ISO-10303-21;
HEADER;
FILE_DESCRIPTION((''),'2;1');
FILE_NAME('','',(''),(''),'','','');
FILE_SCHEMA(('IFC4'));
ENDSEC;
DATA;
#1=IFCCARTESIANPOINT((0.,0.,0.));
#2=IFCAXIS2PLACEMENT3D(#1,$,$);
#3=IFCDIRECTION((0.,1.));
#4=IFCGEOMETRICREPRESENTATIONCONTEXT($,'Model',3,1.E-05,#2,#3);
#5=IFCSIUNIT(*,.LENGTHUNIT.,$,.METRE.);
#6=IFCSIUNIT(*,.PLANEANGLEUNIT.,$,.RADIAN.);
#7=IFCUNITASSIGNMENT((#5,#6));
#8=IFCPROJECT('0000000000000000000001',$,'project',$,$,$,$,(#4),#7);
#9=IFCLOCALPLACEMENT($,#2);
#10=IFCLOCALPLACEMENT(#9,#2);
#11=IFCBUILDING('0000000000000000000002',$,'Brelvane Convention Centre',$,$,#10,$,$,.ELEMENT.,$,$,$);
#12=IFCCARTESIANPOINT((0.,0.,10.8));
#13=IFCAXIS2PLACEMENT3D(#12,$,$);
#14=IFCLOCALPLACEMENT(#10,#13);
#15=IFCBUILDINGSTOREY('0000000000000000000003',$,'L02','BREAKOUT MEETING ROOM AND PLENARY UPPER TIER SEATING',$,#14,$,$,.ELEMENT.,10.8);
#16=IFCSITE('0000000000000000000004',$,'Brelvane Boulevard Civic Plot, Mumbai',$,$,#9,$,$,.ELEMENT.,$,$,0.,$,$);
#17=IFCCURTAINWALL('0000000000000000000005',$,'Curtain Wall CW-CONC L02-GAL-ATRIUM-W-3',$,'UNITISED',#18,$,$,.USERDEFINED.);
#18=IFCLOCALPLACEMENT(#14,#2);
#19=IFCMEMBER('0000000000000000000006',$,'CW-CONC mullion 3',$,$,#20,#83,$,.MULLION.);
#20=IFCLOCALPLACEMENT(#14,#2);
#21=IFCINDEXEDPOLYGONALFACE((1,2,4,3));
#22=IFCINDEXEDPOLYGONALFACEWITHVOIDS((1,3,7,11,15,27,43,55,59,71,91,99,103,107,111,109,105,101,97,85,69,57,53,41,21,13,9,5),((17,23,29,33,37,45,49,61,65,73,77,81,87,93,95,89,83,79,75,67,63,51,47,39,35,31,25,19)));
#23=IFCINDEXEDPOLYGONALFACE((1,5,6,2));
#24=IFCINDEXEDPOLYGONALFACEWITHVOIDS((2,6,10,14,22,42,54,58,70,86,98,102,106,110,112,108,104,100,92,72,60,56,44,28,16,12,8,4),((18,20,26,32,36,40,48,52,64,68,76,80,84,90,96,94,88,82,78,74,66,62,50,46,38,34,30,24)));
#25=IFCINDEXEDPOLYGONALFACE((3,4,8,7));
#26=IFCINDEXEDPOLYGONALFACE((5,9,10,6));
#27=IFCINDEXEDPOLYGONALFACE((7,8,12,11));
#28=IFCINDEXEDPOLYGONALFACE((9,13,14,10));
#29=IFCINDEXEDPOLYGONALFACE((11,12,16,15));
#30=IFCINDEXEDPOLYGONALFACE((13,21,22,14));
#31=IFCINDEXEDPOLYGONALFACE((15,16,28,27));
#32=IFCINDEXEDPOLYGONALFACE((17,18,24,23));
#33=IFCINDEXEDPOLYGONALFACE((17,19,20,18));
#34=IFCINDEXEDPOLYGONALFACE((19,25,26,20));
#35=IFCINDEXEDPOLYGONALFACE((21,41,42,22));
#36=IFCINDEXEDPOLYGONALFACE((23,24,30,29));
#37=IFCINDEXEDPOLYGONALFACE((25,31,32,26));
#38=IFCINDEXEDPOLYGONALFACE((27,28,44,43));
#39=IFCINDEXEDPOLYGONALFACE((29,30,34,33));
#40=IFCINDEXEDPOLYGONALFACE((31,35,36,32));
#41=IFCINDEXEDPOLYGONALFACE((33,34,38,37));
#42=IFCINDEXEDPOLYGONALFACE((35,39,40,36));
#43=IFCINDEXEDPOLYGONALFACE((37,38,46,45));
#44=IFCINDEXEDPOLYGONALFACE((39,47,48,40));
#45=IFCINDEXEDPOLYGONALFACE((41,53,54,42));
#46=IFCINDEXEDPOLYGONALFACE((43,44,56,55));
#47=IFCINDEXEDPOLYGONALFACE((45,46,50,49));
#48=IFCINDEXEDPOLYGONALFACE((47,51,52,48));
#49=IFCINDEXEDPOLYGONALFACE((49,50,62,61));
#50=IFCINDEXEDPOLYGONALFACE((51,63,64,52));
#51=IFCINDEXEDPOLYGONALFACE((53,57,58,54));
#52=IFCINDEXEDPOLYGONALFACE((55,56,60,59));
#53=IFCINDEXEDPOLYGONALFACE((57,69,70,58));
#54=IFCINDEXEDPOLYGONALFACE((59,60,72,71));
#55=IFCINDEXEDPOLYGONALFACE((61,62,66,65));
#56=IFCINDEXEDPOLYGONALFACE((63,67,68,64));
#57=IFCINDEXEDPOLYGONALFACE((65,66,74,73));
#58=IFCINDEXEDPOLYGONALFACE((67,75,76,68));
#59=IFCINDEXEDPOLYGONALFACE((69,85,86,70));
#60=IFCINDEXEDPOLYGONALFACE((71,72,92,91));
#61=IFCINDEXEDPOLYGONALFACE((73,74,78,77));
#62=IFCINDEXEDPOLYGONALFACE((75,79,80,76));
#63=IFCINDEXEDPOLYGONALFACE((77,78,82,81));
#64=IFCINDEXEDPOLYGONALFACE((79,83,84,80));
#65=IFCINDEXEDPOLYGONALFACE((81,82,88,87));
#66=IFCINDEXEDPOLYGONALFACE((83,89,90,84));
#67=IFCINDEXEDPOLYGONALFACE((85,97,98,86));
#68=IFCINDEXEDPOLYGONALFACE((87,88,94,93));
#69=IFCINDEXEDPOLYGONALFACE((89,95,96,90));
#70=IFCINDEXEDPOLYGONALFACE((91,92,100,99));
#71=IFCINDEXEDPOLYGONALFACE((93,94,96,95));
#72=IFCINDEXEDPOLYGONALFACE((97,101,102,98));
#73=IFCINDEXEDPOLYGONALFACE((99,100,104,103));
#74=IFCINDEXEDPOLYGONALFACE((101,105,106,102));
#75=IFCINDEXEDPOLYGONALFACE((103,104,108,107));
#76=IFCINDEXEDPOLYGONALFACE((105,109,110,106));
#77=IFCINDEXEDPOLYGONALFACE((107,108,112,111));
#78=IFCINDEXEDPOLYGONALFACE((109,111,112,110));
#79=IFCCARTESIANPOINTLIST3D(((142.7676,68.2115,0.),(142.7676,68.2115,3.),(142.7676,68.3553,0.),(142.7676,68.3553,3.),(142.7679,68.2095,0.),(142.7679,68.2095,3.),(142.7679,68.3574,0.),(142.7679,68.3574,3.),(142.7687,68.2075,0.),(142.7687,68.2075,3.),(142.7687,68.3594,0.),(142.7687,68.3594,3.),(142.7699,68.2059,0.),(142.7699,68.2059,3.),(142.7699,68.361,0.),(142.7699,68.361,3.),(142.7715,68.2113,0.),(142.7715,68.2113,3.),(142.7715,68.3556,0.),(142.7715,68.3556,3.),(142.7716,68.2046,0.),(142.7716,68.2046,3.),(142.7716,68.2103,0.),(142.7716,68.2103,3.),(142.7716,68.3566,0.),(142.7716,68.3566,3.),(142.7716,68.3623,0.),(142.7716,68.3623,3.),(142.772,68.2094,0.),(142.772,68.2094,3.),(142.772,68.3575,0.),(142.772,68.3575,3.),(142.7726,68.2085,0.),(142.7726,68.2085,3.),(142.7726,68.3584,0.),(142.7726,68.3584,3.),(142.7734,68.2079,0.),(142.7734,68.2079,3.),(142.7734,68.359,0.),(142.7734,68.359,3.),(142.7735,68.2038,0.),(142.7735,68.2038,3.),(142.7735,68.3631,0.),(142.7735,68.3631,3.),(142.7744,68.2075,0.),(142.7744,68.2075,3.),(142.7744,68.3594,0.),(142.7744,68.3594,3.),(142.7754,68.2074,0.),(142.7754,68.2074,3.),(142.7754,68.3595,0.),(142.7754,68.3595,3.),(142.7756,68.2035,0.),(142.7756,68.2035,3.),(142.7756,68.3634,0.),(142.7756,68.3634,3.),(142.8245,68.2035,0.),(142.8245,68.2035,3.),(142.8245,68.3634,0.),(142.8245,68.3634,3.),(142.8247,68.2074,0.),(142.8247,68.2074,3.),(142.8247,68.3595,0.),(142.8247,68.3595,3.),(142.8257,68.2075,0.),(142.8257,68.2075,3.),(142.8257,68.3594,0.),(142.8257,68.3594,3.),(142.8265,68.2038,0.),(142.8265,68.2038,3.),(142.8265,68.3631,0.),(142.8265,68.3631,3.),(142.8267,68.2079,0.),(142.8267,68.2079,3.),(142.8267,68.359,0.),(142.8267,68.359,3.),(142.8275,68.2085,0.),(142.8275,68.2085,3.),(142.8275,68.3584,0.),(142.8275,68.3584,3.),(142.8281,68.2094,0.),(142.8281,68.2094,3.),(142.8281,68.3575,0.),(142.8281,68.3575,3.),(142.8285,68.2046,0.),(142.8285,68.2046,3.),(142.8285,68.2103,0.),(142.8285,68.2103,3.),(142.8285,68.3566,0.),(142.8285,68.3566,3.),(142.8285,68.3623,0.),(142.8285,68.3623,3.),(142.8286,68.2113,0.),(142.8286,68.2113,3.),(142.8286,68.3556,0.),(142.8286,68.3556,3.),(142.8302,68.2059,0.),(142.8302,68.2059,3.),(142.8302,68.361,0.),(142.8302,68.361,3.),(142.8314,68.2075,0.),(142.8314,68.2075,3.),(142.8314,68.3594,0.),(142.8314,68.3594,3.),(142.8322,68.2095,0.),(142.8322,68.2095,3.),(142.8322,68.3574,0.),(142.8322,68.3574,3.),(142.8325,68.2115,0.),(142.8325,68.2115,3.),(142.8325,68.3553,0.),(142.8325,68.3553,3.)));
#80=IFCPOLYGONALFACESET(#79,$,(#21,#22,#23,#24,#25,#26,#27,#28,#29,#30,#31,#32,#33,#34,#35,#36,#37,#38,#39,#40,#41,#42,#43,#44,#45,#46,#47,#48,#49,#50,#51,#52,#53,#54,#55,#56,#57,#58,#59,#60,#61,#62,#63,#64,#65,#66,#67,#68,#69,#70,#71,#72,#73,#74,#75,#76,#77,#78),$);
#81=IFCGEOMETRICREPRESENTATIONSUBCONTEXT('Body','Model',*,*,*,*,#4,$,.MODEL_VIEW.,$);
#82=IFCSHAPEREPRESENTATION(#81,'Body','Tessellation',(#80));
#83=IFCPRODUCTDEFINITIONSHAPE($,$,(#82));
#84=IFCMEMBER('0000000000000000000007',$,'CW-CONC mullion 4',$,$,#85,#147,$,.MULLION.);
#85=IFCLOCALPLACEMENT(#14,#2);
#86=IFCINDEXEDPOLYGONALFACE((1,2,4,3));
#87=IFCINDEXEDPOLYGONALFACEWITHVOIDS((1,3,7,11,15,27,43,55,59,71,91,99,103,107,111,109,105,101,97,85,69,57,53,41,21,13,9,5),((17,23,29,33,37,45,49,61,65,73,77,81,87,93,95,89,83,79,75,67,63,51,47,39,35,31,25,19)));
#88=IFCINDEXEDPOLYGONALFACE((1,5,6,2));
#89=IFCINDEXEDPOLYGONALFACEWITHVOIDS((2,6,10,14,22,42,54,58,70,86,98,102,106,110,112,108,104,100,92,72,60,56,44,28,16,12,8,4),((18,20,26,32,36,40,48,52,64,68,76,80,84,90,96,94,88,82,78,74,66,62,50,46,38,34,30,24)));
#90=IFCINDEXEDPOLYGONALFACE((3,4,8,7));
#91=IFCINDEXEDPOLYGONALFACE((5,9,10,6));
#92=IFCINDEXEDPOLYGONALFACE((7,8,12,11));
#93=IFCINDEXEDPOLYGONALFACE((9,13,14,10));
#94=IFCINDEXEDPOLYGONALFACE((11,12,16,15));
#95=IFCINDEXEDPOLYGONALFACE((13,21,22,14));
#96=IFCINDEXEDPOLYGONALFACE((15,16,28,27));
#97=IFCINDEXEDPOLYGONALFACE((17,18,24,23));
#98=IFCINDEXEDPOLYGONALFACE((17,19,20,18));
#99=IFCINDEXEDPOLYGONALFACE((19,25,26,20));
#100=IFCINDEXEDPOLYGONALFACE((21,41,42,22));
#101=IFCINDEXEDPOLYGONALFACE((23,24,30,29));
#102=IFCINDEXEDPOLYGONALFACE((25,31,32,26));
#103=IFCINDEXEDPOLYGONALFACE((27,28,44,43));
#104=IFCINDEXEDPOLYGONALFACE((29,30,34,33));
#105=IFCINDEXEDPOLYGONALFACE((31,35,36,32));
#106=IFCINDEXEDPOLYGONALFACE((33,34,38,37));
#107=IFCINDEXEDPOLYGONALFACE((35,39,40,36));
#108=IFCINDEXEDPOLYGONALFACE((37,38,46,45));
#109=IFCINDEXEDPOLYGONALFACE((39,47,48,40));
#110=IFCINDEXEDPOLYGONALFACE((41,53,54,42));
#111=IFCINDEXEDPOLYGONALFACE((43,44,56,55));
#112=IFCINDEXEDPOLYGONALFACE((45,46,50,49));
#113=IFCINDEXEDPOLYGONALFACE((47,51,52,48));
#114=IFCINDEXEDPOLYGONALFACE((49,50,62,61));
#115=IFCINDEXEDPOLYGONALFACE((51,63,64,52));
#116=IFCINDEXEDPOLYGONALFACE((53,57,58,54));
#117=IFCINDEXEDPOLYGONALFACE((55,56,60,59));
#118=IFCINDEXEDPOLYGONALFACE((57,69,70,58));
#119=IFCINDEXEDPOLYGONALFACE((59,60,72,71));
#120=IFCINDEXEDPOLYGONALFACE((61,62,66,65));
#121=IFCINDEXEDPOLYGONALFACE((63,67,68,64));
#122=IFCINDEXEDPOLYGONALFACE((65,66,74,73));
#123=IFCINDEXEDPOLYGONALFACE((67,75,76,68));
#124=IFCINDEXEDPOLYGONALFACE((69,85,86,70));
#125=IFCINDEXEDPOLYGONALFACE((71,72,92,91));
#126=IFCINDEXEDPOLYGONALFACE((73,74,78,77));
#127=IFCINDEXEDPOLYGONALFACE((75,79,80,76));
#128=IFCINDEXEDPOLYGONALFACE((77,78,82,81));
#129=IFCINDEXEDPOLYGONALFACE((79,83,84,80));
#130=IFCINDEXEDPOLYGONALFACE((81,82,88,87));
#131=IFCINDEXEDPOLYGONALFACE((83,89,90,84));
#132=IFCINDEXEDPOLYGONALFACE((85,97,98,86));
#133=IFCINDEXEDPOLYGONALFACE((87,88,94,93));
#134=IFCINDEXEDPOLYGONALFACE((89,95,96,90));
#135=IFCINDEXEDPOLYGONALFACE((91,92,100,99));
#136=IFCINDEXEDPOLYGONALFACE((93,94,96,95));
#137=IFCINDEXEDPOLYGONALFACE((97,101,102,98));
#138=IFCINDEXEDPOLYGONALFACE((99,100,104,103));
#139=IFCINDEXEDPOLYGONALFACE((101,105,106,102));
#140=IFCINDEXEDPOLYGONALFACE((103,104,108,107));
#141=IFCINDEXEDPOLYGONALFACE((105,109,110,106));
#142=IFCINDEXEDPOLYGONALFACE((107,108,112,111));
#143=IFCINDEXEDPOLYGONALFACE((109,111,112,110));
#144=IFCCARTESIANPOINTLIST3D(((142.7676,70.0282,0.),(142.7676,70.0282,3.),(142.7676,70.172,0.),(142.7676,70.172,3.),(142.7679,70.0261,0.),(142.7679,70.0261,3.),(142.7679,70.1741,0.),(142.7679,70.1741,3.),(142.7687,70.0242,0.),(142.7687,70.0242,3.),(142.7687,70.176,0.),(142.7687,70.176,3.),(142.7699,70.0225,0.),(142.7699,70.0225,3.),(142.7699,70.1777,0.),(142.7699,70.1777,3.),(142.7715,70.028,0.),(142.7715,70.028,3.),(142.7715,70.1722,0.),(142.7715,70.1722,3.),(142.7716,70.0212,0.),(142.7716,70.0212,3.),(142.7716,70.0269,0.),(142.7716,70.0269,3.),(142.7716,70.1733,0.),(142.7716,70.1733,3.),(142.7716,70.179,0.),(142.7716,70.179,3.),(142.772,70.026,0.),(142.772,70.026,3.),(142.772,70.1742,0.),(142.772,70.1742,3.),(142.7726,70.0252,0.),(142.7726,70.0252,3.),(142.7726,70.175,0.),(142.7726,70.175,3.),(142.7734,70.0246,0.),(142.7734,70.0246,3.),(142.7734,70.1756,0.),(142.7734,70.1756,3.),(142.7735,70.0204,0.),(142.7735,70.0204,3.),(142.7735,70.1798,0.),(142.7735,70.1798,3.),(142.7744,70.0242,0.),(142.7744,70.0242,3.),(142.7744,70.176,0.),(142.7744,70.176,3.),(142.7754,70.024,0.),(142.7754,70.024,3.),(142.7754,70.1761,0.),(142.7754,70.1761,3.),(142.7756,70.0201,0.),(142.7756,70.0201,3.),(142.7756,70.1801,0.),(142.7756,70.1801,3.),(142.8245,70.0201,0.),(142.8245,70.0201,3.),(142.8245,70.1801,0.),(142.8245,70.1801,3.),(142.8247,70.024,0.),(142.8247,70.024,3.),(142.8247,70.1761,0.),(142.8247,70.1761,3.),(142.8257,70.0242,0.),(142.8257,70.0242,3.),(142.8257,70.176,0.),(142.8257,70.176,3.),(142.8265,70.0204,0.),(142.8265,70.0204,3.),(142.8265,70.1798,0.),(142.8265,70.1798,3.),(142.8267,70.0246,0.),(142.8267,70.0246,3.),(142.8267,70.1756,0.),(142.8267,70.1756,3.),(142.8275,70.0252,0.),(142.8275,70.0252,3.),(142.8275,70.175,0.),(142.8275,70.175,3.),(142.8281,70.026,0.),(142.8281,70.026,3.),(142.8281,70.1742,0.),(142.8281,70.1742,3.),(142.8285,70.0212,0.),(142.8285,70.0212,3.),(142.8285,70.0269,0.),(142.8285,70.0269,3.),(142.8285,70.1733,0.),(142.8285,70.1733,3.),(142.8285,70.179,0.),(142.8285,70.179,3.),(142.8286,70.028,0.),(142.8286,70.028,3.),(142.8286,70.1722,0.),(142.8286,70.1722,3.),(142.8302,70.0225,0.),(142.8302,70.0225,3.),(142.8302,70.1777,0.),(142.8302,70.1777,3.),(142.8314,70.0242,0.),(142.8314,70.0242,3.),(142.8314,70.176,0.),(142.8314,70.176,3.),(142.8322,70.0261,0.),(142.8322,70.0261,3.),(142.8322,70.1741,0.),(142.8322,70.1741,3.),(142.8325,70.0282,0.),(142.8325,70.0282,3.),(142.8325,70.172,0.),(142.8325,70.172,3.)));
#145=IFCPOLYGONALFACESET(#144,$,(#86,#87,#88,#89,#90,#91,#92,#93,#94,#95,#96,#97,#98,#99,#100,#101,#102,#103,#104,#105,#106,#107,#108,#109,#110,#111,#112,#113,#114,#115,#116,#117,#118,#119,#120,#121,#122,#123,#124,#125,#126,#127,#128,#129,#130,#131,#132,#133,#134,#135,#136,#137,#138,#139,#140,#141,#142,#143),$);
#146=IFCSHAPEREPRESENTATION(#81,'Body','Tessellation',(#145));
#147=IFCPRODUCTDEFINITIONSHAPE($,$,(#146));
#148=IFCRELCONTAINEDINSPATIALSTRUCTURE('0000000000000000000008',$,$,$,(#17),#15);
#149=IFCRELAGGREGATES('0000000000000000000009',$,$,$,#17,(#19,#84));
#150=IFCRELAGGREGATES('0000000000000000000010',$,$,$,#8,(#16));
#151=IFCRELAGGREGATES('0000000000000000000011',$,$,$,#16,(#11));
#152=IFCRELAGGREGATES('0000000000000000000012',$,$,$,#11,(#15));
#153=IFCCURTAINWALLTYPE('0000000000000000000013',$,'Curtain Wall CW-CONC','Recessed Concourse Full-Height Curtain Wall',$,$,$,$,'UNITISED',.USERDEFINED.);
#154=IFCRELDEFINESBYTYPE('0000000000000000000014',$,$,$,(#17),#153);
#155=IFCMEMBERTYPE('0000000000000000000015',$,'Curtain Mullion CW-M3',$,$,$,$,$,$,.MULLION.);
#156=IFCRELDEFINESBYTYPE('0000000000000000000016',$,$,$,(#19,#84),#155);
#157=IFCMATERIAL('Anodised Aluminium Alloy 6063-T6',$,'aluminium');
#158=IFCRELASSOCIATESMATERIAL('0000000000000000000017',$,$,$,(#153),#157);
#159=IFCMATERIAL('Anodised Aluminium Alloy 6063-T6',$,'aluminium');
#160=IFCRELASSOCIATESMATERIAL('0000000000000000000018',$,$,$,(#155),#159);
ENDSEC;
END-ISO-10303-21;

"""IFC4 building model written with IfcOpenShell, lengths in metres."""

from ifc_helpers import new_model, si_unit, direction, frame, origin, origin_2d, place, context, subcontext, project, spatial, hollow_rectangle, extrude, material, material_profile, profile_set, type_object, element, aggregate, save


model = new_model("IFC4")

# Units and contexts
model_context = context("Model", 3, precision=1e-05, world=origin(), true_north=direction((0.0, 1.0)))
body_context = subcontext(model_context, "Body", "Model", "MODEL_VIEW")
ifc_project = project(units=[si_unit("LENGTHUNIT", "METRE"), si_unit("PLANEANGLEUNIT", "RADIAN")], contexts=[model_context])

# Site, building, storey
site_placement = place(None, origin())
site = spatial("IfcSite", under=ifc_project, at=site_placement, Name="Brelvane Boulevard Civic Plot, Mumbai", CompositionType="ELEMENT", RefElevation=0.0)
building_placement = place(site_placement, origin())
building = spatial("IfcBuilding", under=site, at=building_placement, Name="Brelvane Convention Centre", CompositionType="ELEMENT")
storey_placement = place(building_placement, frame((0.0, 0.0, 10.8)))
storey = spatial("IfcBuildingStorey", under=building, at=storey_placement, Name="L02", Description="BREAKOUT MEETING ROOM AND PLENARY UPPER TIER SEATING", CompositionType="ELEMENT", Elevation=10.8)

# Curtain wall, members
ifc_material_1 = material(Name="Anodised Aluminium Alloy 6063-T6", Category="aluminium")
curtain_wall_type = type_object("IfcCurtainWallType", Name="Curtain Wall CW-CONC", Description="Recessed Concourse Full-Height Curtain Wall", ElementType="UNITISED", PredefinedType="USERDEFINED", material=ifc_material_1)
curtain_wall_placement = place(storey_placement, origin())
curtain_wall = element("IfcCurtainWall", 1, at=curtain_wall_placement, inside=storey, type_object=curtain_wall_type, Name="Curtain Wall CW-CONC L02-GAL-ATRIUM-W-3", ObjectType="UNITISED", PredefinedType="USERDEFINED")
ifc_material_2 = material(Name="Anodised Aluminium Alloy 6063-T6", Category="aluminium")
ifc_material_profile_1 = material_profile(ifc_material_2, hollow_rectangle(XDim=0.0649, YDim=0.1599, WallThickness=0.0039, InnerFilletRadius=0.0039, OuterFilletRadius=0.0081, at=origin_2d()), Name="ALU-M 160x65x4.0")
ifc_profile_set_1 = profile_set([ifc_material_profile_1], Name="Anodised Aluminium Alloy 6063-T6")
member_type_1 = type_object("IfcMemberType", Name="Curtain Mullion CW-M3", PredefinedType="MULLION", material=ifc_profile_set_1)
member_1_placement = place(storey_placement, frame((142.8, 68.2834, 0.0), z_axis=(0.0, 0.0, 1.0), x_axis=(-1.0, 0.0, 0.0)))
member_1 = element("IfcMember", 2, at=member_1_placement, type_object=member_type_1, Name="CW-CONC mullion 3", PredefinedType="MULLION", context=body_context, shape_type="SweptSolid", body=[
    extrude(hollow_rectangle(XDim=0.0649, YDim=0.1599, WallThickness=0.0039, InnerFilletRadius=0.0039, OuterFilletRadius=0.0081, at=origin_2d()), origin(), (0.0, 0.0, 1.0), 3.0),
])
member_2_placement = place(storey_placement, frame((142.8, 70.1001, 0.0), z_axis=(0.0, 0.0, 1.0), x_axis=(-1.0, 0.0, 0.0)))
member_2 = element("IfcMember", 3, at=member_2_placement, type_object=member_type_1, Name="CW-CONC mullion 4", PredefinedType="MULLION", context=body_context, shape_type="SweptSolid", body=[
    extrude(hollow_rectangle(XDim=0.0649, YDim=0.1599, WallThickness=0.0039, InnerFilletRadius=0.0039, OuterFilletRadius=0.0081, at=origin_2d()), origin(), (0.0, 0.0, 1.0), 3.0),
])

aggregate(curtain_wall, [member_1, member_2])

save(model, "model.ifc")
